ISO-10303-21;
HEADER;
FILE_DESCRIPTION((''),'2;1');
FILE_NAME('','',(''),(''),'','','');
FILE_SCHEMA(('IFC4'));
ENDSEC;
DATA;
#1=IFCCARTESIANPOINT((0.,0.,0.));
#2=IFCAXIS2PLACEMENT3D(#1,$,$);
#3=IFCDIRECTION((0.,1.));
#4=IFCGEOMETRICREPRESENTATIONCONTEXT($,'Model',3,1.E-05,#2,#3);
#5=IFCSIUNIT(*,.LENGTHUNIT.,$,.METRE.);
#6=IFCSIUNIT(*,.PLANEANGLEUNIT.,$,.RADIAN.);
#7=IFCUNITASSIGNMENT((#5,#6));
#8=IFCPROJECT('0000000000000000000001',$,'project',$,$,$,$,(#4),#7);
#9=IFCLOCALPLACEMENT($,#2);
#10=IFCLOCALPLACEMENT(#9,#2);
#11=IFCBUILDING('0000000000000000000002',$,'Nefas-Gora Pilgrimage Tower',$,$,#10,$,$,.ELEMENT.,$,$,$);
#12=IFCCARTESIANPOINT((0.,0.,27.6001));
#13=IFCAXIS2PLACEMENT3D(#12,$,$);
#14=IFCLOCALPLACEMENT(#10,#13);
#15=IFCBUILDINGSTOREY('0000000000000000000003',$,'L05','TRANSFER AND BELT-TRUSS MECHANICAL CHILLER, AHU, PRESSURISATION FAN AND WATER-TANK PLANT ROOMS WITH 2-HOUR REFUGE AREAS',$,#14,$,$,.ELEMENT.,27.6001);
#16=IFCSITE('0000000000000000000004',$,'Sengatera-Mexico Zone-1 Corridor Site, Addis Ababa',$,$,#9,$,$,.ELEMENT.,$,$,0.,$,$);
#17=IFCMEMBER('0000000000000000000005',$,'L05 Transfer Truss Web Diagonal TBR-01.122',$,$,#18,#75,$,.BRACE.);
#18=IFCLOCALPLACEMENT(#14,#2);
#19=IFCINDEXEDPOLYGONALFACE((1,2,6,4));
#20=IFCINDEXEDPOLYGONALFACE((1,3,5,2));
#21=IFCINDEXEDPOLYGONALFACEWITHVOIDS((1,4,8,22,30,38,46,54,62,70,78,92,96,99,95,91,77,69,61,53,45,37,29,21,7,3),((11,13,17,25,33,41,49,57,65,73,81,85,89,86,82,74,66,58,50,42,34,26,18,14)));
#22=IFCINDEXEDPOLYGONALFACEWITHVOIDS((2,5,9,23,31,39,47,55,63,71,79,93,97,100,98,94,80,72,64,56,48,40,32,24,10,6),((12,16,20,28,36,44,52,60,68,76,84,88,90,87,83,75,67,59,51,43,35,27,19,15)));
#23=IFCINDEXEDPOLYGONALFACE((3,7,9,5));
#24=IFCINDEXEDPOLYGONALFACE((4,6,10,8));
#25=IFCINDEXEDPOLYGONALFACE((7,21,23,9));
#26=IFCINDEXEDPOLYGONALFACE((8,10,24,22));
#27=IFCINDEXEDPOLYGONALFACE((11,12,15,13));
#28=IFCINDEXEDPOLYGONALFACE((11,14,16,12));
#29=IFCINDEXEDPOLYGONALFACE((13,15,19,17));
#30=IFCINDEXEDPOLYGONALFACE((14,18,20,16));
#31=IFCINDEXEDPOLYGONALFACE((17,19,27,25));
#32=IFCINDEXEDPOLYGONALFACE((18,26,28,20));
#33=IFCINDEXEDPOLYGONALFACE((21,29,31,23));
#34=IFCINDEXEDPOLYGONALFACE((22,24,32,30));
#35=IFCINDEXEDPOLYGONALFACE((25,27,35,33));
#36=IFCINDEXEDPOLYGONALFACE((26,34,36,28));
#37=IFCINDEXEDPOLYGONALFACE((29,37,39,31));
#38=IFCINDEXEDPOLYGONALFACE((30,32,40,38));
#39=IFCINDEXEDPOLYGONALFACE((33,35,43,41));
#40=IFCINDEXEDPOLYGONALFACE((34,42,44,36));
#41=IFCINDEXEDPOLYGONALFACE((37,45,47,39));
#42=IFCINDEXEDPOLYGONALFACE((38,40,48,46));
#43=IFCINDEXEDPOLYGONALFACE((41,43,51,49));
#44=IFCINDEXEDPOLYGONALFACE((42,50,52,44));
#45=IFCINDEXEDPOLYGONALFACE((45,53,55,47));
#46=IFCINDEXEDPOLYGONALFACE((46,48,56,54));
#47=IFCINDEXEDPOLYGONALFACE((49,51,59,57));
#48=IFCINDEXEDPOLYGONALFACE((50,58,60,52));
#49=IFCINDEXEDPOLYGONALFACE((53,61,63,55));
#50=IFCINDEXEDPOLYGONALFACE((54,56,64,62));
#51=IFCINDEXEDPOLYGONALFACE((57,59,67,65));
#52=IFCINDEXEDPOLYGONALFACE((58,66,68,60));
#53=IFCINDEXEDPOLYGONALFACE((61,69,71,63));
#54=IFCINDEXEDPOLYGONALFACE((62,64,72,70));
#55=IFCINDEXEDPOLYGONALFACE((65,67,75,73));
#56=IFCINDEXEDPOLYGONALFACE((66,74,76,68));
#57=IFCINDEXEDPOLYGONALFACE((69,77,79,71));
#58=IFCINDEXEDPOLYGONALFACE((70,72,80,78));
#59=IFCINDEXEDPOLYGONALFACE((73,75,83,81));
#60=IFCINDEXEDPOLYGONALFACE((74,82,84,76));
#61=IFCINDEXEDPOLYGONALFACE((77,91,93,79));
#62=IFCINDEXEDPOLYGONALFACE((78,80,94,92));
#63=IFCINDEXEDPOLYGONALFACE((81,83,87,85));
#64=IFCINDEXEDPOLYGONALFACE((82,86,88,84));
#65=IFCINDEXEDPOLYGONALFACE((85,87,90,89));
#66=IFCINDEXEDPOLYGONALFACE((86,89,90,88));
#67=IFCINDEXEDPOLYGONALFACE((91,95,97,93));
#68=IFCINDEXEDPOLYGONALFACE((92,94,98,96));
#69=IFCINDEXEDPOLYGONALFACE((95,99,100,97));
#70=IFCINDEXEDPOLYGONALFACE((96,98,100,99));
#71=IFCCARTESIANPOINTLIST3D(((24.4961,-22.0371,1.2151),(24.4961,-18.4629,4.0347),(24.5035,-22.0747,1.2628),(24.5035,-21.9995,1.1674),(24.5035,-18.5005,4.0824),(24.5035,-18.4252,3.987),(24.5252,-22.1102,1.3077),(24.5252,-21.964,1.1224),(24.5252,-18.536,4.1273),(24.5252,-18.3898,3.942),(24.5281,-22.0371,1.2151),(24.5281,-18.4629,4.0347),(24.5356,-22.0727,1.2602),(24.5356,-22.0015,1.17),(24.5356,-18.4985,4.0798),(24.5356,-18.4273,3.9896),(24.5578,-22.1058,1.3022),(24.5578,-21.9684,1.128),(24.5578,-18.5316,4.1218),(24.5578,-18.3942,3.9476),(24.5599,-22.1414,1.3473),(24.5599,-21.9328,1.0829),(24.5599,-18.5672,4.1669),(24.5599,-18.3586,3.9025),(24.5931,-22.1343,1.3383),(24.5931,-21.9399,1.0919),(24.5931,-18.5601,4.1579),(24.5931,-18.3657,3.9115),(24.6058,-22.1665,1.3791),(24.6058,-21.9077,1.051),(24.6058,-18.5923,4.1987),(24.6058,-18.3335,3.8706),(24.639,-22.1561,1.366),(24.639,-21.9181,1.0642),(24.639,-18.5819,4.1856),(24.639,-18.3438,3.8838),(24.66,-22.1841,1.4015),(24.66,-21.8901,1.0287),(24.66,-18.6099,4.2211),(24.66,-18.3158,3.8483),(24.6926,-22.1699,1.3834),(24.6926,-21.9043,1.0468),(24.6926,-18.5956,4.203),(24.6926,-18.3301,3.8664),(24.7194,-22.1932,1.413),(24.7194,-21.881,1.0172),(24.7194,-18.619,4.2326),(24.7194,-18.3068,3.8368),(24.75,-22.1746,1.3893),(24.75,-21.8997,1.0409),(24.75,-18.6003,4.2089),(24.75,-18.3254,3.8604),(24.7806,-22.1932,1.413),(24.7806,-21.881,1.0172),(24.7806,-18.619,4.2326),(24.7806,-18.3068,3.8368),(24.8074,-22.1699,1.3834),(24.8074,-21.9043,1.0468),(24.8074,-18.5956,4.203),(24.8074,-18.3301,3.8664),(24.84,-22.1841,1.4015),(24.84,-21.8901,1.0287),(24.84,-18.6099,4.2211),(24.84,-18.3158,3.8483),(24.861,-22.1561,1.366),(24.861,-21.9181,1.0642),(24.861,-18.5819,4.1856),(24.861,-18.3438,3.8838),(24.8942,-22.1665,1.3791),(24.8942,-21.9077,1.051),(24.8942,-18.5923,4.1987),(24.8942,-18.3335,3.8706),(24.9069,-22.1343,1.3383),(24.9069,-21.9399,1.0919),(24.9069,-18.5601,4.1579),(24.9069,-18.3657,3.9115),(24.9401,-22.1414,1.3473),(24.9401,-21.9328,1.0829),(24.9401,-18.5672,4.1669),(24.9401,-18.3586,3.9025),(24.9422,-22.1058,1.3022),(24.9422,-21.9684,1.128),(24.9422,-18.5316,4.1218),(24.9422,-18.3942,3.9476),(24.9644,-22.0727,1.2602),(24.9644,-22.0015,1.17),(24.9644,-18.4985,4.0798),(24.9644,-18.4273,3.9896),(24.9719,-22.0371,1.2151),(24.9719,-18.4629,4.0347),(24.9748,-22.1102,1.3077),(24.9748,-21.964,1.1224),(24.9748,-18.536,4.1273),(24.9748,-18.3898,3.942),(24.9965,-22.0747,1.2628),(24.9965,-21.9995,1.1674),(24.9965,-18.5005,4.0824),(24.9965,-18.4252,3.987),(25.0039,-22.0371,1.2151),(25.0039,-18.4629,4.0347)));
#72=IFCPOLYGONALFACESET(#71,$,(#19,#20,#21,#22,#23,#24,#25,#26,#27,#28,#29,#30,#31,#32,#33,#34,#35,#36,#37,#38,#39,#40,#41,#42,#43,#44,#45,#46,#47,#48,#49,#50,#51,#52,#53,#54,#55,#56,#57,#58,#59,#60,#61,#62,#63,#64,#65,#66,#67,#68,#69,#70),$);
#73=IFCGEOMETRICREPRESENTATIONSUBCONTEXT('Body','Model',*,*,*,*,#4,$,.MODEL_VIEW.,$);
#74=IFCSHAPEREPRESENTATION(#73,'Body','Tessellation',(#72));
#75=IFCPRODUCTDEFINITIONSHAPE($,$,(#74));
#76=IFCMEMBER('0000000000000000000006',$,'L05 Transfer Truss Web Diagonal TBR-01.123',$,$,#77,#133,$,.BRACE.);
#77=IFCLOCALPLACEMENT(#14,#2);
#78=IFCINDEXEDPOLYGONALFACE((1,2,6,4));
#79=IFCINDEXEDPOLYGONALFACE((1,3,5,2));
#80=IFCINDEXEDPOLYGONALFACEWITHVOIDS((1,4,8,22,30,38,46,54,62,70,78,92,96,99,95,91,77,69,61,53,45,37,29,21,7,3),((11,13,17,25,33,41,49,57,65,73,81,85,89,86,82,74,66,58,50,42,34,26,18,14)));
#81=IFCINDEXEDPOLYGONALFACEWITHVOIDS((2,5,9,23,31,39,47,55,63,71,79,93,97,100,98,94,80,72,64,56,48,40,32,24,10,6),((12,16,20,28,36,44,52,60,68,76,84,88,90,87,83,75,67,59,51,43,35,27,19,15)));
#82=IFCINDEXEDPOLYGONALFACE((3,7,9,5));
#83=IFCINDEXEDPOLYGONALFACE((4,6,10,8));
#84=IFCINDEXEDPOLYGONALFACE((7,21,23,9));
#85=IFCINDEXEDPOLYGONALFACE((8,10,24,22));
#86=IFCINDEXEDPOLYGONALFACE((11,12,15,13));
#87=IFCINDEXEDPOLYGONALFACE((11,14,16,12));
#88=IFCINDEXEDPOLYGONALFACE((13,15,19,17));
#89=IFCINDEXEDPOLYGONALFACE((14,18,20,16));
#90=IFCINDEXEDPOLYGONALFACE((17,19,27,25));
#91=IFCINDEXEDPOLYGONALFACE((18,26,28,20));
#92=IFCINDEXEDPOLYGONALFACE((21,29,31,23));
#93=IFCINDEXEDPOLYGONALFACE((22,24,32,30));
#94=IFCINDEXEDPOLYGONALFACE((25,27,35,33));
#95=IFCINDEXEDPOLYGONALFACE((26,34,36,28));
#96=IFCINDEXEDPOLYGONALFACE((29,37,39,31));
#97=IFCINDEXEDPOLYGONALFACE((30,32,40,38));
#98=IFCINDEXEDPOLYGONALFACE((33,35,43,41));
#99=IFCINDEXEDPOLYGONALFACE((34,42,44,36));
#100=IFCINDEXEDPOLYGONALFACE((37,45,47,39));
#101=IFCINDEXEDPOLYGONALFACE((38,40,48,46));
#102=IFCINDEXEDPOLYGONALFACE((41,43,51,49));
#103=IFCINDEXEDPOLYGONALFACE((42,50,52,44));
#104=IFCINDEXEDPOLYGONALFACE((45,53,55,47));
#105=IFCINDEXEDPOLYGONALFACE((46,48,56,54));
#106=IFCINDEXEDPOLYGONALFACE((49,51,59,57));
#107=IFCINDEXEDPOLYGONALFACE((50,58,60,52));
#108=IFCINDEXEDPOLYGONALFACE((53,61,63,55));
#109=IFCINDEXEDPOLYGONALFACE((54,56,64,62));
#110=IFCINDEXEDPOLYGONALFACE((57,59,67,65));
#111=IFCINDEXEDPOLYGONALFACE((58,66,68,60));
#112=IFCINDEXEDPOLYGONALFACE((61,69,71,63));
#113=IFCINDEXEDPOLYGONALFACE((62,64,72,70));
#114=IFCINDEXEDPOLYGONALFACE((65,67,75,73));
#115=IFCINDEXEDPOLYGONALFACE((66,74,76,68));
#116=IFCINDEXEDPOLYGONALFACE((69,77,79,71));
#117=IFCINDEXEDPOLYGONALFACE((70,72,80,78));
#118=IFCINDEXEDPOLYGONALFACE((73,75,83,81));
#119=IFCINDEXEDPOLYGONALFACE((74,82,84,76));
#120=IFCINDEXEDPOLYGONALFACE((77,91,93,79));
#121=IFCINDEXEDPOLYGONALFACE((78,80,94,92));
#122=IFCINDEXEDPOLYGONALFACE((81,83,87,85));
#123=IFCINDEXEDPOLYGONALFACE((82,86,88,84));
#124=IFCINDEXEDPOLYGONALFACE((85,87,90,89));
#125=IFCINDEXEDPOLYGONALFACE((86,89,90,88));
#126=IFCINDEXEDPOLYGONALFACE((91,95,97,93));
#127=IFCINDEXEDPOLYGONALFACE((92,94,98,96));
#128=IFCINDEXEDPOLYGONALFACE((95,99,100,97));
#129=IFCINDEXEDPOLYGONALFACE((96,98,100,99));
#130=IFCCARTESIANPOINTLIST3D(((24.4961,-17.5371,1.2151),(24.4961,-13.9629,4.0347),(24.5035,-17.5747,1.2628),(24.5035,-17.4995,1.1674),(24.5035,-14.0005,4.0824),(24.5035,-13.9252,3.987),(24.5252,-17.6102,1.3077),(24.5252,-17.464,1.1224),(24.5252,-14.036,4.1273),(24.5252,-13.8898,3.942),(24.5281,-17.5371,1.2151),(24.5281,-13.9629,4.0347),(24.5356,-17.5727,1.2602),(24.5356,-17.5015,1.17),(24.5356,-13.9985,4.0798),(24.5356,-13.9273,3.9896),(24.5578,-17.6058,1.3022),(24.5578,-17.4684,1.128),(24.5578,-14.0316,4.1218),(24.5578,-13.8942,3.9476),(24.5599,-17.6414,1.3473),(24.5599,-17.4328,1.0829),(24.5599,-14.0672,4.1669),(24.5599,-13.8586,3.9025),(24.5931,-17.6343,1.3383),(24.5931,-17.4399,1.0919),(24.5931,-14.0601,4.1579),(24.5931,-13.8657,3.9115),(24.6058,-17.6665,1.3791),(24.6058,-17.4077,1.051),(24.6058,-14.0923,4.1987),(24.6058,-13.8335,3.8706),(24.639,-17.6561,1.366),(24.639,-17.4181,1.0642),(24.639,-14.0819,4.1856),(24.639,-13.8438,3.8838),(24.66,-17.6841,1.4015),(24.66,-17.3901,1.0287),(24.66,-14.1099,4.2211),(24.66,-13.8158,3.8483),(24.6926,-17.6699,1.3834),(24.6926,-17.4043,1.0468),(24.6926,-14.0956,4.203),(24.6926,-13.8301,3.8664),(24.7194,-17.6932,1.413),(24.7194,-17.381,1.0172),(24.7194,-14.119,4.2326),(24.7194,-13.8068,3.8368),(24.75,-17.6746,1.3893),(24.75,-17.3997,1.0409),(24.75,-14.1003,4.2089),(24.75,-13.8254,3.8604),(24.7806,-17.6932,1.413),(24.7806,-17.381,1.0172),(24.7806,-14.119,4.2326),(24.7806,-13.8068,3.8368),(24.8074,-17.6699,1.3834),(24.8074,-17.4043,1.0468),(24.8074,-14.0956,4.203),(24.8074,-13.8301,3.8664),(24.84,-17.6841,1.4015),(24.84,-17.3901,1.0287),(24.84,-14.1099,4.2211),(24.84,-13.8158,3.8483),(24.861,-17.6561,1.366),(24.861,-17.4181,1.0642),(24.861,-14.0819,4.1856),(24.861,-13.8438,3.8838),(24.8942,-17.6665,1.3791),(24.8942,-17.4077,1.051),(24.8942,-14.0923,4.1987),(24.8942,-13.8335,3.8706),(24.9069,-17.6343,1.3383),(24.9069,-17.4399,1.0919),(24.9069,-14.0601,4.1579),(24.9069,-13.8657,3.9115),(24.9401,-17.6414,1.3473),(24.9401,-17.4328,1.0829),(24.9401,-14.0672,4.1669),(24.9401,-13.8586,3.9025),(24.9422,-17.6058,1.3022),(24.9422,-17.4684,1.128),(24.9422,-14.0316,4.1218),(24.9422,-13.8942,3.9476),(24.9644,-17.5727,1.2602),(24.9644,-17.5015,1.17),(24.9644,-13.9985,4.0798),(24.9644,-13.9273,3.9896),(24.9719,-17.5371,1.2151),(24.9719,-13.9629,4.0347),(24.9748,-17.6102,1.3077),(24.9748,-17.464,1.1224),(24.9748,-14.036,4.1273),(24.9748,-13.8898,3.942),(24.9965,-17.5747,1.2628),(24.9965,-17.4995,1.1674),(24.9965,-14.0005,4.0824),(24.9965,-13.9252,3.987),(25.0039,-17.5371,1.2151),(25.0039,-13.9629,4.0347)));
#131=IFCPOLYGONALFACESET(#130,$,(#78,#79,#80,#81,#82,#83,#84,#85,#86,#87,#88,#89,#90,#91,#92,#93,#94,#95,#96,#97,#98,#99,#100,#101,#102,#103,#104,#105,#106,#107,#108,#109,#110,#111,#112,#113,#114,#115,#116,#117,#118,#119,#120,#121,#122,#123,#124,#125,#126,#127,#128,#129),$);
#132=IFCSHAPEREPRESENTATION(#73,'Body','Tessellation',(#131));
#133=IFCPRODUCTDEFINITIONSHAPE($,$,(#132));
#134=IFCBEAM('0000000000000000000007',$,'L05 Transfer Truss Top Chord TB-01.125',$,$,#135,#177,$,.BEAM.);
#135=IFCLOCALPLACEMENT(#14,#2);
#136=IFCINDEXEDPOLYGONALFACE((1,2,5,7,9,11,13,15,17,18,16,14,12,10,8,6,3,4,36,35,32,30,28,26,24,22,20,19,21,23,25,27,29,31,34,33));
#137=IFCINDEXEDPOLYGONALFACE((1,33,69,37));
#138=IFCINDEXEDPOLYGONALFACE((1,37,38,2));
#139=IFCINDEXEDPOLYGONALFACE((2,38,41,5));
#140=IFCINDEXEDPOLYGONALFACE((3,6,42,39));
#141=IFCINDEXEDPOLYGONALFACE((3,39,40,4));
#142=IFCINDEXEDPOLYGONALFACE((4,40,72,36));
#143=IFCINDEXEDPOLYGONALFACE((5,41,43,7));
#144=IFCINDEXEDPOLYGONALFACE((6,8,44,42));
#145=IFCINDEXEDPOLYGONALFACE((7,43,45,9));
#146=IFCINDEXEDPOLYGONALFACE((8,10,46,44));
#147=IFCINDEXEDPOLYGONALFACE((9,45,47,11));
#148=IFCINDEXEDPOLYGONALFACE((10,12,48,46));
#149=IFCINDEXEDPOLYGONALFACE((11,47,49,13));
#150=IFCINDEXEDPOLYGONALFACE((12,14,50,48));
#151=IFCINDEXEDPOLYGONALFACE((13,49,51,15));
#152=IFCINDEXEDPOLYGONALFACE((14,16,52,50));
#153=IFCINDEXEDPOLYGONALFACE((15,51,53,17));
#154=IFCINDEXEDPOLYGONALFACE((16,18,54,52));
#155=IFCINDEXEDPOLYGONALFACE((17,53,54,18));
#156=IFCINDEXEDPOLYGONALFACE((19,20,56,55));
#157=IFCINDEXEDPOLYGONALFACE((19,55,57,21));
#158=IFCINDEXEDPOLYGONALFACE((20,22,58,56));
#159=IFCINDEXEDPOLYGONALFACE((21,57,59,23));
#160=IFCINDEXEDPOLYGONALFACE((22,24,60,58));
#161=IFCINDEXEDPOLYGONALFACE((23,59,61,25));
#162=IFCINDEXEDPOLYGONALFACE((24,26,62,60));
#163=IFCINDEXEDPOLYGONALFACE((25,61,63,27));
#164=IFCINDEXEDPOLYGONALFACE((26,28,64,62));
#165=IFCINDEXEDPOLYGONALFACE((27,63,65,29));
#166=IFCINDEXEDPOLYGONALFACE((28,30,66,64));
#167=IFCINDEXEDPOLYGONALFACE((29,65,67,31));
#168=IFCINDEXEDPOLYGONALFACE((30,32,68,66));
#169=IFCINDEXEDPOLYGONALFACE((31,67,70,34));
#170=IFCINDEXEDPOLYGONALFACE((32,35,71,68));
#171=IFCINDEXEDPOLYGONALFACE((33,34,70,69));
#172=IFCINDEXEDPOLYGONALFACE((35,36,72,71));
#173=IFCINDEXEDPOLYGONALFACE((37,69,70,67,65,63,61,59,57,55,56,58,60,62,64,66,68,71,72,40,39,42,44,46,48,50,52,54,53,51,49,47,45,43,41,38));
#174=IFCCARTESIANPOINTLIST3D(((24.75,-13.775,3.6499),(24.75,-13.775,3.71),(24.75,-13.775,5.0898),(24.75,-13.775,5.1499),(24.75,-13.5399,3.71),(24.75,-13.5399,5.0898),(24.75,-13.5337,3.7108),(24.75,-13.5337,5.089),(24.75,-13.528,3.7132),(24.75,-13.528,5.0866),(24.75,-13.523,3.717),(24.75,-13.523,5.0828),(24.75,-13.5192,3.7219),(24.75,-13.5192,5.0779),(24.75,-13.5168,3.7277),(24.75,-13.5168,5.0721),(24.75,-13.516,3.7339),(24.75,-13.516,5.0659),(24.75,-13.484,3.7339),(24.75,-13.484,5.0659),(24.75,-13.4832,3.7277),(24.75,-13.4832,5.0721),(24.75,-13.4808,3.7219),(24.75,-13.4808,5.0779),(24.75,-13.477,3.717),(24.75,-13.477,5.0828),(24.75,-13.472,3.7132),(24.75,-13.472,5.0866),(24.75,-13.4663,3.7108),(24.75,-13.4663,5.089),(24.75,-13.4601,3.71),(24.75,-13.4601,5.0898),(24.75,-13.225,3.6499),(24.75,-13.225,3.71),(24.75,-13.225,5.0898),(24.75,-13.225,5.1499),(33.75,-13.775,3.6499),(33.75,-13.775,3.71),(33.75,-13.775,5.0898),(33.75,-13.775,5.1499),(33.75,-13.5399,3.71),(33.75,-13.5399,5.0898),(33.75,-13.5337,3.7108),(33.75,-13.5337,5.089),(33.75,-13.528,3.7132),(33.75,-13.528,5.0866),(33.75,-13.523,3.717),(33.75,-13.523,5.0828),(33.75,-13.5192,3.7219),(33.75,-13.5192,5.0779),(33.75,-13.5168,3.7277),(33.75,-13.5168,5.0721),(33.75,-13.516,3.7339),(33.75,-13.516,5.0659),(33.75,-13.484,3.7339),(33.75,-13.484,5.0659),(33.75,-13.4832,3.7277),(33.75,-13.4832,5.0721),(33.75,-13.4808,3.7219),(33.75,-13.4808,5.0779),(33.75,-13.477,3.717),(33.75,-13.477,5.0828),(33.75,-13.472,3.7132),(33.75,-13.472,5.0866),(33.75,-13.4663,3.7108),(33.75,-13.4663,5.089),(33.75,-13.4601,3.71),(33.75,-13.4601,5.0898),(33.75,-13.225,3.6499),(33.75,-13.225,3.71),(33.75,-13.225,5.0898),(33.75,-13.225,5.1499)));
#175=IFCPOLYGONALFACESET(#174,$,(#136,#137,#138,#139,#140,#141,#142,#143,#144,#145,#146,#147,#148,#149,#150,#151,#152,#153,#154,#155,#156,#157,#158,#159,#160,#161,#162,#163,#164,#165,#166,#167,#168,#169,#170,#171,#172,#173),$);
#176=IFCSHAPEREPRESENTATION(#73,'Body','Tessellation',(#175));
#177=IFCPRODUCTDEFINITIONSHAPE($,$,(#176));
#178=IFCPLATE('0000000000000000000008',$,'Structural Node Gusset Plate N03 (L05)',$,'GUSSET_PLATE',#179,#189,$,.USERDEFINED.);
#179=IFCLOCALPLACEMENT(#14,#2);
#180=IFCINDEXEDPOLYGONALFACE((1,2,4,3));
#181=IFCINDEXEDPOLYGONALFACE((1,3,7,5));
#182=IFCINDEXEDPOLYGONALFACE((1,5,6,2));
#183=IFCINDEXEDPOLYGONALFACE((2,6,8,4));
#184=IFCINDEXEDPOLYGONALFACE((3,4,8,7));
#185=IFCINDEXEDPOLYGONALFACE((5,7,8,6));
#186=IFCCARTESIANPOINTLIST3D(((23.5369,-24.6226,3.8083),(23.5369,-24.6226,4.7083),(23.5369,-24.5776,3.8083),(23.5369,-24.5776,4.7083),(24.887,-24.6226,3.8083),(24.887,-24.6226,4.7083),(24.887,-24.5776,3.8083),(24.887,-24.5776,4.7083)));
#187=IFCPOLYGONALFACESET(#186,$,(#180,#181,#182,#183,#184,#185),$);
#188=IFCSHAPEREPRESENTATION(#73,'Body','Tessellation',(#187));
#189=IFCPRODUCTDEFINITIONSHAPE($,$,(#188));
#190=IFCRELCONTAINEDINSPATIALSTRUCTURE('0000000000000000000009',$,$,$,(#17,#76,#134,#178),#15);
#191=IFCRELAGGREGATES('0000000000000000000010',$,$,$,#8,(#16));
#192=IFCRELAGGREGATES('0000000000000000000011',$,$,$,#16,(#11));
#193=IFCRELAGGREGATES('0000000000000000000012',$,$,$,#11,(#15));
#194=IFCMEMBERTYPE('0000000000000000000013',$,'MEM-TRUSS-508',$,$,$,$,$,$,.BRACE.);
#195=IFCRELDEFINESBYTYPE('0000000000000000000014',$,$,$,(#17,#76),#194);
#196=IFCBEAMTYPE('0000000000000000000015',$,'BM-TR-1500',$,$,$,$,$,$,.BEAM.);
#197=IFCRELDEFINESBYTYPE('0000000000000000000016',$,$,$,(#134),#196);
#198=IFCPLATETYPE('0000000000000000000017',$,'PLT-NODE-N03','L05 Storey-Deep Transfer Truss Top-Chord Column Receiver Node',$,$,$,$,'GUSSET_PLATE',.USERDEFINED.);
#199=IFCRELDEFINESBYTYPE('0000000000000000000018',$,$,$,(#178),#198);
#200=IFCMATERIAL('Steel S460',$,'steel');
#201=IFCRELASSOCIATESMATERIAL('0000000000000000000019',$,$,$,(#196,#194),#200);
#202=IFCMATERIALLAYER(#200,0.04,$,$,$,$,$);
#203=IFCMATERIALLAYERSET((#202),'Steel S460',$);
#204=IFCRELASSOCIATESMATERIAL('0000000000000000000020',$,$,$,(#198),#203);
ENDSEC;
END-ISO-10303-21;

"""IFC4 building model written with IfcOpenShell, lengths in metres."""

from ifc_helpers import new_model, si_unit, direction, frame, origin, origin_2d, place, context, subcontext, project, spatial, rectangle, hollow_circle, i_section, extrude, source, transform, mapped, material, layer, layer_set, material_profile, profile_set, type_object, element, save


model = new_model("IFC4")

# Units and contexts
model_context = context("Model", 3, precision=1e-05, world=origin(), true_north=direction((0.0, 1.0)))
body_context = subcontext(model_context, "Body", "Model", "MODEL_VIEW")
ifc_project = project(units=[si_unit("LENGTHUNIT", "METRE"), si_unit("PLANEANGLEUNIT", "RADIAN")], contexts=[model_context])

# Site, building, storey
site_placement = place(None, origin())
site = spatial("IfcSite", under=ifc_project, at=site_placement, Name="Sengatera-Mexico Zone-1 Corridor Site, Addis Ababa", CompositionType="ELEMENT", RefElevation=0.0)
building_placement = place(site_placement, origin())
building = spatial("IfcBuilding", under=site, at=building_placement, Name="Nefas-Gora Pilgrimage Tower", CompositionType="ELEMENT")
storey_placement = place(building_placement, frame((0.0, 0.0, 27.6001)))
storey = spatial("IfcBuildingStorey", under=building, at=storey_placement, Name="L05", Description="TRANSFER AND BELT-TRUSS MECHANICAL CHILLER, AHU, PRESSURISATION FAN AND WATER-TANK PLANT ROOMS WITH 2-HOUR REFUGE AREAS", CompositionType="ELEMENT", Elevation=27.6001)

# Shared definitions
ifc_material_1 = material(Name="Steel S460", Category="steel")

# Shared definitions
ifc_material_profile_1 = material_profile(ifc_material_1, i_section(OverallWidth=0.55, OverallDepth=1.5, WebThickness=0.032, FlangeThickness=0.0601, FilletRadius=0.0239, at=origin_2d()), Name="WPG 1500x550x32x60")
ifc_profile_set_1 = profile_set([ifc_material_profile_1], Name="Steel S460")
beam_type_1 = type_object("IfcBeamType", Name="BM-TR-1500", PredefinedType="BEAM", material=ifc_profile_set_1)

# Members
ifc_material_profile_2 = material_profile(ifc_material_1, hollow_circle(Radius=0.2539, WallThickness=0.032, at=origin_2d()), Name="CHS 508x32")
ifc_profile_set_2 = profile_set([ifc_material_profile_2], Name="Steel S460")
member_type = type_object("IfcMemberType", Name="MEM-TRUSS-508", PredefinedType="BRACE", material=ifc_profile_set_2)
shared_shape_1 = source(origin(), body_context, "Body", "SweptSolid", [
    extrude(hollow_circle(Radius=0.2539, WallThickness=0.032, at=origin_2d()), origin(), (0.0, 0.0, 1.0), 4.5525),
])
for number, where, z_axis, x_axis, name in (
    (1, (24.75, -22.0371, 1.2151), (0.0, 0.785115, 0.61935), (-1.0, 0.0, 0.0), "L05 Transfer Truss Web Diagonal TBR-01.122"),
    (2, (24.75, -17.5371, 1.2151), (0.0, 0.785115, 0.61935), (-1.0, 0.0, 0.0), "L05 Transfer Truss Web Diagonal TBR-01.123"),
):
    element("IfcMember", number, at=place(storey_placement, frame(where, z_axis=z_axis, x_axis=x_axis)), inside=storey, type_object=member_type, Name=name, PredefinedType="BRACE", context=body_context, shape_type="MappedRepresentation", body=[
        mapped(shared_shape_1, transform((0.0, 0.0, 0.0), x_axis=(1.0, 0.0, 0.0), y_axis=(0.0, 1.0, 0.0), z_axis=(0.0, 0.0, 1.0), scale=1.0)),
    ])

# Beam
shared_shape_2 = source(origin(), body_context, "Body", "SweptSolid", [
    extrude(i_section(OverallWidth=0.55, OverallDepth=1.5, WebThickness=0.032, FlangeThickness=0.0601, FilletRadius=0.0239, at=origin_2d()), origin(), (0.0, 0.0, 1.0), 9.0),
])
beam_1_placement = place(storey_placement, frame((24.75, -13.5, 4.3999), z_axis=(1.0, 0.0, 0.0), x_axis=(0.0, 1.0, 0.0)))
element("IfcBeam", 3, at=beam_1_placement, inside=storey, type_object=beam_type_1, Name="L05 Transfer Truss Top Chord TB-01.125", PredefinedType="BEAM", context=body_context, shape_type="MappedRepresentation", body=[
    mapped(shared_shape_2, transform((0.0, 0.0, 0.0), x_axis=(1.0, 0.0, 0.0), y_axis=(0.0, 1.0, 0.0), z_axis=(0.0, 0.0, 1.0), scale=1.0)),
])

# Plate
ifc_layer_1 = layer(ifc_material_1, 0.04)
ifc_layer_set_1 = layer_set([ifc_layer_1], Name="Steel S460")
plate_type_1 = type_object("IfcPlateType", Name="PLT-NODE-N03", Description="L05 Storey-Deep Transfer Truss Top-Chord Column Receiver Node", ElementType="GUSSET_PLATE", PredefinedType="USERDEFINED", material=ifc_layer_set_1)
shared_shape_3 = source(origin(), body_context, "Body", "SweptSolid", [
    extrude(rectangle(XDim=1.3501, YDim=0.0449, at=origin_2d()), origin(), (0.0, 0.0, 1.0), 0.8999),
])
plate_1_placement = place(storey_placement, frame((24.2119, -24.6001, 3.8083), z_axis=(0.0, 0.0, 1.0), x_axis=(1.0, 0.0, 0.0)))
element("IfcPlate", 4, at=plate_1_placement, inside=storey, type_object=plate_type_1, Name="Structural Node Gusset Plate N03 (L05)", ObjectType="GUSSET_PLATE", PredefinedType="USERDEFINED", context=body_context, shape_type="MappedRepresentation", body=[
    mapped(shared_shape_3, transform((0.0, 0.0, 0.0), x_axis=(1.0, 0.0, 0.0), y_axis=(0.0, 1.0, 0.0), z_axis=(0.0, 0.0, 1.0), scale=1.0)),
])

save(model, "model.ifc")
